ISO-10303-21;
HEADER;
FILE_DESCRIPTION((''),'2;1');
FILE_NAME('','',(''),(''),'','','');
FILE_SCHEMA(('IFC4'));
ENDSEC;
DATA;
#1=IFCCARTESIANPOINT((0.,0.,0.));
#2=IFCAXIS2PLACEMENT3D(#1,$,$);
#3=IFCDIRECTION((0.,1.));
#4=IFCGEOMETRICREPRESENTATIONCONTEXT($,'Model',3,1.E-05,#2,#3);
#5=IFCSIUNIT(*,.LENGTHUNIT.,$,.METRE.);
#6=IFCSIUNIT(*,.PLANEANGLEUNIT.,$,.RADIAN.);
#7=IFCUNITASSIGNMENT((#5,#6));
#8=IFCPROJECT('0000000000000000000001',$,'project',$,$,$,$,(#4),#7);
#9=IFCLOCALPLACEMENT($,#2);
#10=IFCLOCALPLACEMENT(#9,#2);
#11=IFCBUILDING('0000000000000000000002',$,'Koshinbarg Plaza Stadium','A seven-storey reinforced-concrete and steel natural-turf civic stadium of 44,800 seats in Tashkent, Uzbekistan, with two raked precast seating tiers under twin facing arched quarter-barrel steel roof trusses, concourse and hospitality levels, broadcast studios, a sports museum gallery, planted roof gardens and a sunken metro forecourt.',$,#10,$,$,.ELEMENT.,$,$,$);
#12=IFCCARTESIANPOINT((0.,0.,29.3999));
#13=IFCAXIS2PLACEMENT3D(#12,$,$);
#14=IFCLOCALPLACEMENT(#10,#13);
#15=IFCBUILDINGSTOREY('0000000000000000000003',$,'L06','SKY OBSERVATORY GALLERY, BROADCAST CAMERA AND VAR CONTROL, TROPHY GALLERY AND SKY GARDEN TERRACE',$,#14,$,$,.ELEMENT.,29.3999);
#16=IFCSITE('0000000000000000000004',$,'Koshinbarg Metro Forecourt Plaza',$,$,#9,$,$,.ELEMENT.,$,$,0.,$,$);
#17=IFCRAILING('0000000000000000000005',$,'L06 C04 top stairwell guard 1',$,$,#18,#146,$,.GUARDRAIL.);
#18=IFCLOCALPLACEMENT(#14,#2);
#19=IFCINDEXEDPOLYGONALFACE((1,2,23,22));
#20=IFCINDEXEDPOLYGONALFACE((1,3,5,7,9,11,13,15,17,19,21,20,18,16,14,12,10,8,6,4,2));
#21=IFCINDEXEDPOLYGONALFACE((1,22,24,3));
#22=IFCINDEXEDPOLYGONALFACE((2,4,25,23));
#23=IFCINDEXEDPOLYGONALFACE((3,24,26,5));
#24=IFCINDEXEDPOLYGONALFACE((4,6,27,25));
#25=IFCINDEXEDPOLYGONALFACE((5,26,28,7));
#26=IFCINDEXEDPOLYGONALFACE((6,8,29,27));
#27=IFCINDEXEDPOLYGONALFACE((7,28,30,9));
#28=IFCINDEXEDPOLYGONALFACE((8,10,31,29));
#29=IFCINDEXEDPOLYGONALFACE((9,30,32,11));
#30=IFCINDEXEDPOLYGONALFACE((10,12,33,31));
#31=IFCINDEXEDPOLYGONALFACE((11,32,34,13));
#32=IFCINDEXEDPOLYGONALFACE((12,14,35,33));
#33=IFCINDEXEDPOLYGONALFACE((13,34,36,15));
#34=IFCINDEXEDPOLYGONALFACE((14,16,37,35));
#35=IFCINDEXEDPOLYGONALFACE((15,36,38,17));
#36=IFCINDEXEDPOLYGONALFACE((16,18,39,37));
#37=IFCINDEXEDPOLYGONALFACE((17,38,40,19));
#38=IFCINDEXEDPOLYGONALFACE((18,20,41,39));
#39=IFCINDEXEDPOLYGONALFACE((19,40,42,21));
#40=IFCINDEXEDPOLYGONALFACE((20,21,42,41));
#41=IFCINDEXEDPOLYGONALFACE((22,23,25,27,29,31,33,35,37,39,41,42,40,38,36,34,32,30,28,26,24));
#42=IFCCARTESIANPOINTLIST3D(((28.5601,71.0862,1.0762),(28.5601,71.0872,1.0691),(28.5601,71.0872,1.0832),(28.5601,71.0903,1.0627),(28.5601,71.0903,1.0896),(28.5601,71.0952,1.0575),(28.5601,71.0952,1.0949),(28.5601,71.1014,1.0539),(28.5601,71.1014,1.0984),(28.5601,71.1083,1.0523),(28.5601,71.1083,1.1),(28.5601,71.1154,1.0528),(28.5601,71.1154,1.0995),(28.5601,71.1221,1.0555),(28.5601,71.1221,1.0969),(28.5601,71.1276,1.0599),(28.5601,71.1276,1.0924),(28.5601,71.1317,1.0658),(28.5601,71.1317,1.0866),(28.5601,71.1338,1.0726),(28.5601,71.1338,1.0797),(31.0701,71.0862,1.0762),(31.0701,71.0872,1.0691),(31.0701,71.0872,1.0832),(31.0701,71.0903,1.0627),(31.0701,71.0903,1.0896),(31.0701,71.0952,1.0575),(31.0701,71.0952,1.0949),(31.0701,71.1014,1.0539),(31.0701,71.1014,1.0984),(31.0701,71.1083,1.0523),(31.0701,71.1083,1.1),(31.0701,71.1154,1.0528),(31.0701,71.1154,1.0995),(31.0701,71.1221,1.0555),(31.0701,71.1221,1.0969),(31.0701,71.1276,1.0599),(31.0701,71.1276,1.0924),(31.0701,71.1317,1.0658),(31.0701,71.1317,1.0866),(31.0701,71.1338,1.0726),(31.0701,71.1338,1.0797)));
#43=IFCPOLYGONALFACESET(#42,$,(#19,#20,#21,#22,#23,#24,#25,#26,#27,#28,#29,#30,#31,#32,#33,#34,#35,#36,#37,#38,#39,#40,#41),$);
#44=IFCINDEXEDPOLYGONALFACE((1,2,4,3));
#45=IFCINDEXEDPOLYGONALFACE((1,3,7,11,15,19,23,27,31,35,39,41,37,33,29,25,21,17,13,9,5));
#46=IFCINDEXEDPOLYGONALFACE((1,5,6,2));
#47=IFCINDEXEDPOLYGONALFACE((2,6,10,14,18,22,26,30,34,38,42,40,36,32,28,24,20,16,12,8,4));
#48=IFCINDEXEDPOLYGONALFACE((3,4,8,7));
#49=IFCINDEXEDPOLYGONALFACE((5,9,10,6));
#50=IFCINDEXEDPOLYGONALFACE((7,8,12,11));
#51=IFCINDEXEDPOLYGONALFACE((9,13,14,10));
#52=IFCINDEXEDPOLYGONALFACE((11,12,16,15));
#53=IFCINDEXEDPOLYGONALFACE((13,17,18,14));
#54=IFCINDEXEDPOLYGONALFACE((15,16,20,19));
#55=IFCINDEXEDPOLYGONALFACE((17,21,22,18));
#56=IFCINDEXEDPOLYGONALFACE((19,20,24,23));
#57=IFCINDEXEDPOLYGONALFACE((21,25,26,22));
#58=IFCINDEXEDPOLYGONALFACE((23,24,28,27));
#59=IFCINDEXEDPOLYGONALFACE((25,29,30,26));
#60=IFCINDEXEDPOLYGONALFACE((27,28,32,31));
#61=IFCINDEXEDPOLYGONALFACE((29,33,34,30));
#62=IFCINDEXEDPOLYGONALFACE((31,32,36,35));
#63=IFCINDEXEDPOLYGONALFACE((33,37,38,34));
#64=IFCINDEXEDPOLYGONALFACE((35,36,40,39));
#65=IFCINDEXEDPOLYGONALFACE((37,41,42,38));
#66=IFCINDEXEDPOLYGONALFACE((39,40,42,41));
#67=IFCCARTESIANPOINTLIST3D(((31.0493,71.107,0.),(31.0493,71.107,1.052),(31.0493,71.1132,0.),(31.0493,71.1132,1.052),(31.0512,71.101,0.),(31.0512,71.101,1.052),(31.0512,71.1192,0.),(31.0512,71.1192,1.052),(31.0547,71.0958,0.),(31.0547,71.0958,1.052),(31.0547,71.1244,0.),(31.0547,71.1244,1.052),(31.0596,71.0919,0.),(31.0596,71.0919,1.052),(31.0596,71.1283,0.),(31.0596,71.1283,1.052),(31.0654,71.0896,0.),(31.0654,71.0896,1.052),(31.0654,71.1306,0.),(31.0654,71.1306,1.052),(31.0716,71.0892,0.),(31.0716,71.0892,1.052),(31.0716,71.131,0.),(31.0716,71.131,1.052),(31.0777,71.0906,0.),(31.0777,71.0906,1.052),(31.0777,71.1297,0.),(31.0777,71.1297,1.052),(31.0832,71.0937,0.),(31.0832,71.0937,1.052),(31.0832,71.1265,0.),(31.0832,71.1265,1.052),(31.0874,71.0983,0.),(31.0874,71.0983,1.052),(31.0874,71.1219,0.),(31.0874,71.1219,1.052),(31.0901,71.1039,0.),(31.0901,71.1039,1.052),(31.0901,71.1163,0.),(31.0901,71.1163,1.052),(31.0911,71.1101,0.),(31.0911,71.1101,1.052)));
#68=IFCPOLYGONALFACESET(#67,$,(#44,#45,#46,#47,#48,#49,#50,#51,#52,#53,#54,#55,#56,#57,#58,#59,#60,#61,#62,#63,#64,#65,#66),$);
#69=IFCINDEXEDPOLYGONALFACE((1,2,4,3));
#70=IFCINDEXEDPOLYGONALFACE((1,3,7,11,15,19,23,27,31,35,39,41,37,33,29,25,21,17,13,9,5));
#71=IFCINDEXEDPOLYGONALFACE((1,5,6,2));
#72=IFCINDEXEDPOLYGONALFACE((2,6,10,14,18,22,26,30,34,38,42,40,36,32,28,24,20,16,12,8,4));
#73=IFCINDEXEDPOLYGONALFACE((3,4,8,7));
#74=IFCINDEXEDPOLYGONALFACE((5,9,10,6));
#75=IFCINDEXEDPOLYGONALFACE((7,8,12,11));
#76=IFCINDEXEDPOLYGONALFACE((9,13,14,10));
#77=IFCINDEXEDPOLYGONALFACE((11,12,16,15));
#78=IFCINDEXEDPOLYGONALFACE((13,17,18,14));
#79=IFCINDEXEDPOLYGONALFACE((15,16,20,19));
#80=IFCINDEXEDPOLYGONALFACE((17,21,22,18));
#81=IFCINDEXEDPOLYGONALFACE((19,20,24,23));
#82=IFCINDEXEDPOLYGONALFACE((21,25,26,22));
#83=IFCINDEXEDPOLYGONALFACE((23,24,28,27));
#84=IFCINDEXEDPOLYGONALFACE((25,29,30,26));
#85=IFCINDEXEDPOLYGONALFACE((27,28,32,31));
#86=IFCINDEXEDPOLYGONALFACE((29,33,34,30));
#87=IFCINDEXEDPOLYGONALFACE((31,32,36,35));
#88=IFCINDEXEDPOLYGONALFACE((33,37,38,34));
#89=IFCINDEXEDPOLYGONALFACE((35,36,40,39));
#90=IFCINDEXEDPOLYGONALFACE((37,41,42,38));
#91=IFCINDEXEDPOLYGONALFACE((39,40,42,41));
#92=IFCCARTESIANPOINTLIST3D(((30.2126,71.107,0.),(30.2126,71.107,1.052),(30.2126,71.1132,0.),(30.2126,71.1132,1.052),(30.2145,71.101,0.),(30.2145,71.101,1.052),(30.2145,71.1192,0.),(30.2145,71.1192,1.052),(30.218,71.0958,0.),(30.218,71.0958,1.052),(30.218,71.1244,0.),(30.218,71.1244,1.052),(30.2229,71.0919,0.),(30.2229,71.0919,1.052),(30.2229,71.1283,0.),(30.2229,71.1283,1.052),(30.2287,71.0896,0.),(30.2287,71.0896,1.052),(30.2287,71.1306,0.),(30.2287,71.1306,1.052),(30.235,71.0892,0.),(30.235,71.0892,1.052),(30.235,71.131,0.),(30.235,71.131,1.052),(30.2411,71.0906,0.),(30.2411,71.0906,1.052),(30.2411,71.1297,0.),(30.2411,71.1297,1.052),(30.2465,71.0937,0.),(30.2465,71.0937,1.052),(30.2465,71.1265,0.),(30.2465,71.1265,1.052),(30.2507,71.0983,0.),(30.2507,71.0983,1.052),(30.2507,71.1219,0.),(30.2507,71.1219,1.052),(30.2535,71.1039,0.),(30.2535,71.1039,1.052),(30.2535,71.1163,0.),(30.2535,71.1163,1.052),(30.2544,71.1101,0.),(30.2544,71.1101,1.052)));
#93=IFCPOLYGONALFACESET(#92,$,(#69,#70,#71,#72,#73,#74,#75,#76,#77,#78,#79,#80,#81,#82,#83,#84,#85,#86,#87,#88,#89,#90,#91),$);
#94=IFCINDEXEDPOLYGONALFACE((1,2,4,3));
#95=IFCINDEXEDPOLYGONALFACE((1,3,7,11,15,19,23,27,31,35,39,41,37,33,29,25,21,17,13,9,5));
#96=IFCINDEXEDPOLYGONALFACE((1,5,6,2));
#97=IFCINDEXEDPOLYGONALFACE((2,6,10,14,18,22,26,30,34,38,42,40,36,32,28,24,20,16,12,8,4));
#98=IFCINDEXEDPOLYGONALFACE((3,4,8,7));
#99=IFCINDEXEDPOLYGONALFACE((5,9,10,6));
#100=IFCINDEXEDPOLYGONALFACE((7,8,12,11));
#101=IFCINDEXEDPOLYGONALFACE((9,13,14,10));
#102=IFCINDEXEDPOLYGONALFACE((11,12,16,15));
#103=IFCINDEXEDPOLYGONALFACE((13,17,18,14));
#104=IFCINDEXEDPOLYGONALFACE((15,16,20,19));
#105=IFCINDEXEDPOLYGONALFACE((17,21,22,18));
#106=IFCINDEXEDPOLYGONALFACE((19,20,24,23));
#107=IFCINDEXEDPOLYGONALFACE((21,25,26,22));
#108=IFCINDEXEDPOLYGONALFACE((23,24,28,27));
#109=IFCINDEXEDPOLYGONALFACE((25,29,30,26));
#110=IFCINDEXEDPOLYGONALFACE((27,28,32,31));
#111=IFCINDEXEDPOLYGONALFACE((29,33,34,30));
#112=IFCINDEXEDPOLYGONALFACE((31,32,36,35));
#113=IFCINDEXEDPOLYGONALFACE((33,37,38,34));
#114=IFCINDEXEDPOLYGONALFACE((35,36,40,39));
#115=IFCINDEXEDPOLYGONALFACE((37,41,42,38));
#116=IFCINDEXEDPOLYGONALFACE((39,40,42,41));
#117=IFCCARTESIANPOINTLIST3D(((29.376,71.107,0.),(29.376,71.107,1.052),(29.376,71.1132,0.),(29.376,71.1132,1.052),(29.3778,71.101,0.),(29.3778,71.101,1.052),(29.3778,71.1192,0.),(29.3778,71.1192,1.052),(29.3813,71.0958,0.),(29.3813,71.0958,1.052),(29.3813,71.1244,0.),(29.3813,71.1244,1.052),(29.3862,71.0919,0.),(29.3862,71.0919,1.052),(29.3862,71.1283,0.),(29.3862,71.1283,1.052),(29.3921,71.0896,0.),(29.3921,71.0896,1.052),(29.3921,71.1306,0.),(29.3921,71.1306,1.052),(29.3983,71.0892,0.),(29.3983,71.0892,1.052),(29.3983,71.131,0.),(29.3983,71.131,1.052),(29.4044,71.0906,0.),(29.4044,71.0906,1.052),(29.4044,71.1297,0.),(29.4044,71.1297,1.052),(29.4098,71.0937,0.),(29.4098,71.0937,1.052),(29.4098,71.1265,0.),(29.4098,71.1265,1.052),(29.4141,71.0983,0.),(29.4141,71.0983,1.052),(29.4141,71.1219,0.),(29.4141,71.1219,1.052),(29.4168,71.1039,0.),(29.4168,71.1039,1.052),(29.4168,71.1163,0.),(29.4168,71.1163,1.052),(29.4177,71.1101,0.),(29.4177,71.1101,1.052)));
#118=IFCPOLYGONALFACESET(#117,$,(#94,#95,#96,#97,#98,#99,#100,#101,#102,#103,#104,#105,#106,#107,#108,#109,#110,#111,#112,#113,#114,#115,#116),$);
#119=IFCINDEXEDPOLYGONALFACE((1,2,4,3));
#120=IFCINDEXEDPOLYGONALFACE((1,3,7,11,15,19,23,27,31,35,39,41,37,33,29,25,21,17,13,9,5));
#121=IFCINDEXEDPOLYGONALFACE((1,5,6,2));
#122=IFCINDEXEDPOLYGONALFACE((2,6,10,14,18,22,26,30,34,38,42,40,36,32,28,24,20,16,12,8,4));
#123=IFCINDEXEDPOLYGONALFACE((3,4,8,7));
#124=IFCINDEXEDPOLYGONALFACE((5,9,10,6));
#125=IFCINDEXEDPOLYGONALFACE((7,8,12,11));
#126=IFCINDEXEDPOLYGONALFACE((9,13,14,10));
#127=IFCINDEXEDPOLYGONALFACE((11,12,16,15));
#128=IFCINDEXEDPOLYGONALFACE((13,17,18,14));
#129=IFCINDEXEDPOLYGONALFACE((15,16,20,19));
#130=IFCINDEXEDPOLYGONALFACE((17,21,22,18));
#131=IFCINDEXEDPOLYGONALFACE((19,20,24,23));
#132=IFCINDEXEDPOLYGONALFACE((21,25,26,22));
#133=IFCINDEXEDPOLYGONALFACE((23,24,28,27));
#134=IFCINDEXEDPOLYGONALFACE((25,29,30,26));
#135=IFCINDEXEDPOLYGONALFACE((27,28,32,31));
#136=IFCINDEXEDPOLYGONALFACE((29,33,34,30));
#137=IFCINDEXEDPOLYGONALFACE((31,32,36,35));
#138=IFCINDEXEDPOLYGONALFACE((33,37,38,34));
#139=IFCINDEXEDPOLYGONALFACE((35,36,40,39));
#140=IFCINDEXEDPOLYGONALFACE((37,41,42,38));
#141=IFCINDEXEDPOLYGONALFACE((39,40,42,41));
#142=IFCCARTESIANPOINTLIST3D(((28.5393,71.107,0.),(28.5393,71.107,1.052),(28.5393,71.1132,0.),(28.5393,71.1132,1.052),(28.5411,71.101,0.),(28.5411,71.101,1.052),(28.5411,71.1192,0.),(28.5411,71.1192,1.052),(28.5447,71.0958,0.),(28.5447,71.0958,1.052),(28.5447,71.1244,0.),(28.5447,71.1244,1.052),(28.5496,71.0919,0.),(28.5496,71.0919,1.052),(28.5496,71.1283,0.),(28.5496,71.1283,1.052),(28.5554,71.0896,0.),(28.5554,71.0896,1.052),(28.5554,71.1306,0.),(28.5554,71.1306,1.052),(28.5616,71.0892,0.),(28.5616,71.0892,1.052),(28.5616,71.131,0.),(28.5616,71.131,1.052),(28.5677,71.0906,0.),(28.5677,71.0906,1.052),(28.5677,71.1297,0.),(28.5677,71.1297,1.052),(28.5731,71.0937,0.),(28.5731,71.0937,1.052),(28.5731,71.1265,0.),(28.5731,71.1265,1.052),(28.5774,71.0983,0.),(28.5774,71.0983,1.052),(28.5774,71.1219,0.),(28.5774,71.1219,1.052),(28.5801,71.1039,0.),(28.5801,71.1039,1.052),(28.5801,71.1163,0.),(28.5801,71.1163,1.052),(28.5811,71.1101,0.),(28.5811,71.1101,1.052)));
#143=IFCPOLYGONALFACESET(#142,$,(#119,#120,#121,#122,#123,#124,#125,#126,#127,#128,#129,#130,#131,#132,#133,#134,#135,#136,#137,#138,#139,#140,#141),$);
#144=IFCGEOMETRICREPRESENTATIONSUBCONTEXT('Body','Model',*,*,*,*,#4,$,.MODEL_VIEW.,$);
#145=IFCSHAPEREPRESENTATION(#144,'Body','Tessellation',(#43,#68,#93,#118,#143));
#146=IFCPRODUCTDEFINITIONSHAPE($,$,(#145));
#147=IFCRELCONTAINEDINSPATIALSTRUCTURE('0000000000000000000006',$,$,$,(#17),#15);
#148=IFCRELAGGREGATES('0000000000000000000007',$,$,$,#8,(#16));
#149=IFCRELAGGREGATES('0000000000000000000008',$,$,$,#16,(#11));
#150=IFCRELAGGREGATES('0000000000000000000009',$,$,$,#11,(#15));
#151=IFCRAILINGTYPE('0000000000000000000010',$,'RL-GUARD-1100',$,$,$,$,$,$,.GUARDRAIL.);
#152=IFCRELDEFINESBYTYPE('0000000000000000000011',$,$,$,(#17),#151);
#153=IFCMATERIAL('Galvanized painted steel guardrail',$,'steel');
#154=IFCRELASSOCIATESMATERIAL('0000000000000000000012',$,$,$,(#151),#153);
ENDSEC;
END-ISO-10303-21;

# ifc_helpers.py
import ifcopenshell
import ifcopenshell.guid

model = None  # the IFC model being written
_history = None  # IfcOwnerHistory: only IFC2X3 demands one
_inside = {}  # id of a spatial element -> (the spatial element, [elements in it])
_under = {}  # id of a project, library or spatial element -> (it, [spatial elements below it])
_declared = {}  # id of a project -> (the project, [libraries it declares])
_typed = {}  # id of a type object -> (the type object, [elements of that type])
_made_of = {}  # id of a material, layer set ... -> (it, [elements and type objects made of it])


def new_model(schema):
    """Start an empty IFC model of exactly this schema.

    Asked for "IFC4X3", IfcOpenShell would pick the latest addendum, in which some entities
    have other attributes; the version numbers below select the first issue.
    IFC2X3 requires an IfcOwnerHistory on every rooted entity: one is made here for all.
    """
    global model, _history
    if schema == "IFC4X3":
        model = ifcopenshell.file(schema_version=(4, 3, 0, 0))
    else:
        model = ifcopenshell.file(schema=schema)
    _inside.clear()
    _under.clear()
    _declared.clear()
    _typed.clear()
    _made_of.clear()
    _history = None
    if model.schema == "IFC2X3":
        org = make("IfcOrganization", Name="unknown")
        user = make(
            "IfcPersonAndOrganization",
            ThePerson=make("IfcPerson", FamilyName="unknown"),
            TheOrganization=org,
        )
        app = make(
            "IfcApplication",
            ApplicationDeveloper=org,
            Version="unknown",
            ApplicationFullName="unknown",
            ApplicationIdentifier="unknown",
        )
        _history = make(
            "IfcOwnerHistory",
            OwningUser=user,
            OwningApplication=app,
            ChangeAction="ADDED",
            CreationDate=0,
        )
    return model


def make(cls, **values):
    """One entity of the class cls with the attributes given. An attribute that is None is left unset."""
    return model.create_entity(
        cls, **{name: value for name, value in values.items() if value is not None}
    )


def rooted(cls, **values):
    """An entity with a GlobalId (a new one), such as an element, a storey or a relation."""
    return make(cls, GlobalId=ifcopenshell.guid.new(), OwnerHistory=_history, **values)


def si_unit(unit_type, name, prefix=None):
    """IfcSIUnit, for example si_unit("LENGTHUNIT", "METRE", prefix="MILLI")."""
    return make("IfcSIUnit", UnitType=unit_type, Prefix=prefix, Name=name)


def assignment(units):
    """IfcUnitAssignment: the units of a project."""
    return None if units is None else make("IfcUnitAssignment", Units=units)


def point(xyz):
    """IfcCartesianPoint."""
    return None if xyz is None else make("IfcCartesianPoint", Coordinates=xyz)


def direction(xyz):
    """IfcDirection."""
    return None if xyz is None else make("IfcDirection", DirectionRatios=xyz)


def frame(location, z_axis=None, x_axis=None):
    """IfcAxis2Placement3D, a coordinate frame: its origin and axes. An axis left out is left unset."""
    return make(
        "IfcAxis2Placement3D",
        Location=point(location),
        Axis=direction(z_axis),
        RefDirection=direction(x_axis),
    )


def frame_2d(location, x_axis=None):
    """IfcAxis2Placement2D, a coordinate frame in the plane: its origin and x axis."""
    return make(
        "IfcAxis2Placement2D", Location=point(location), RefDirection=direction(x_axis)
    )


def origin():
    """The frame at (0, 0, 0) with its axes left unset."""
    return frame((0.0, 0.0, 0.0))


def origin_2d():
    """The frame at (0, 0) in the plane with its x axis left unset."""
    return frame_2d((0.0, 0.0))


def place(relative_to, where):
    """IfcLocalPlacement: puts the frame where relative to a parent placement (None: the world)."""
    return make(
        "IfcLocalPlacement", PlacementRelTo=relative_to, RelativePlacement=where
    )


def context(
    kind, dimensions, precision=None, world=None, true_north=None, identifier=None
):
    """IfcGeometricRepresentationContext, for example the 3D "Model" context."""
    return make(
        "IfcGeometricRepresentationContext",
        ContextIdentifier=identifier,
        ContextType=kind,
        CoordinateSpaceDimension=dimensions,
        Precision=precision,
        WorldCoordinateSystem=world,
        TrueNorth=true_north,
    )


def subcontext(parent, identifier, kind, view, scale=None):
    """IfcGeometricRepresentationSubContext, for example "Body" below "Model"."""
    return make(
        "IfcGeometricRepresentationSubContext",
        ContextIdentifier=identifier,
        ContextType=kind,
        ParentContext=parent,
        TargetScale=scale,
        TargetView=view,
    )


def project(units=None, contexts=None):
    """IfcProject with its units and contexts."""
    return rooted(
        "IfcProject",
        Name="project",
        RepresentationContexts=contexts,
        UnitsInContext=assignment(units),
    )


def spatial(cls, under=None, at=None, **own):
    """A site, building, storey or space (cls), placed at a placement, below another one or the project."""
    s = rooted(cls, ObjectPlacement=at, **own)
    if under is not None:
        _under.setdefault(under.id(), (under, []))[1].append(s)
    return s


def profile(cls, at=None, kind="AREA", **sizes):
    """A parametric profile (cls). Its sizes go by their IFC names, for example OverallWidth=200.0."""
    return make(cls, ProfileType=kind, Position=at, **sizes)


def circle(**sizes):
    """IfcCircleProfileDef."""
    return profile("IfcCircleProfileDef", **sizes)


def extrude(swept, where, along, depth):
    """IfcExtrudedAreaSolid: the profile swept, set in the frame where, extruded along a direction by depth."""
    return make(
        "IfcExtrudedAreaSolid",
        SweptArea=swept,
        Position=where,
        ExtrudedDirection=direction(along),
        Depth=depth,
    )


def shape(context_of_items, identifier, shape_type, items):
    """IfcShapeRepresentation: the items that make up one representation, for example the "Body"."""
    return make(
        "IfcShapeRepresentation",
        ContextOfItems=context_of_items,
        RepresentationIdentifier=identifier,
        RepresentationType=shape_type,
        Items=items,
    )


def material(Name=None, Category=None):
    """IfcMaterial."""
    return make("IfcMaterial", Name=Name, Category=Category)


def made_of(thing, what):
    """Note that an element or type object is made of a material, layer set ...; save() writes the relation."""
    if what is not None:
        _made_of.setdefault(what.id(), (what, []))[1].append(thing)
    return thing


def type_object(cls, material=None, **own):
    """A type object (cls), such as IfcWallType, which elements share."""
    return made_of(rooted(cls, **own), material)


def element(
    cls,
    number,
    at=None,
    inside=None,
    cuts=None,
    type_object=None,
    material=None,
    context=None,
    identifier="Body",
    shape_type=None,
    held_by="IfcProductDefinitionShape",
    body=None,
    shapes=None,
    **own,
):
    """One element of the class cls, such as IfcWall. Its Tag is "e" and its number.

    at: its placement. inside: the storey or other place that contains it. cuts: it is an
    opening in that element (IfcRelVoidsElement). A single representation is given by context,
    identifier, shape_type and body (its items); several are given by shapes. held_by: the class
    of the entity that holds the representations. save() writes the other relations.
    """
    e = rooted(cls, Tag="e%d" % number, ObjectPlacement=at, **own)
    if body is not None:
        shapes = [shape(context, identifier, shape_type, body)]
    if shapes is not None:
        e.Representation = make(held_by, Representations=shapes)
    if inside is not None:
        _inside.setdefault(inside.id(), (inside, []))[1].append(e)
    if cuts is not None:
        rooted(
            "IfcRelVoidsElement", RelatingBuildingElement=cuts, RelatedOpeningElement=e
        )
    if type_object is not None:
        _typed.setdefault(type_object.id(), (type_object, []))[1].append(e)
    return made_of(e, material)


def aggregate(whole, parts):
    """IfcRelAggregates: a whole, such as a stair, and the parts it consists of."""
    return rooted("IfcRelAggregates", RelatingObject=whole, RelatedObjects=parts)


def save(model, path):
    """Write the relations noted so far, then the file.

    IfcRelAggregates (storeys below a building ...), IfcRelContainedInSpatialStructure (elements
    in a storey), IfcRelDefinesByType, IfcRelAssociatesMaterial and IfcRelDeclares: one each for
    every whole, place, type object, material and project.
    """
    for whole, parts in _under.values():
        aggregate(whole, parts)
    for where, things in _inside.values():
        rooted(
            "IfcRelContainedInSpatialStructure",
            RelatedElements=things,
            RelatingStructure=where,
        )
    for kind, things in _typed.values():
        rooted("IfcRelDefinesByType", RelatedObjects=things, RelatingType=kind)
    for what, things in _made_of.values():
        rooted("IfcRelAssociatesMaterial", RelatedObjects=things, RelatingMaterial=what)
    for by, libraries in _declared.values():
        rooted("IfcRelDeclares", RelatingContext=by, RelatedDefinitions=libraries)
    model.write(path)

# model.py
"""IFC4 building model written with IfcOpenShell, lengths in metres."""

from ifc_helpers import new_model, si_unit, direction, frame, origin, origin_2d, place, context, subcontext, project, spatial, circle, extrude, material, type_object, element, save


model = new_model("IFC4")

# Units and contexts
model_context = context("Model", 3, precision=1e-05, world=origin(), true_north=direction((0.0, 1.0)))
body_context = subcontext(model_context, "Body", "Model", "MODEL_VIEW")
ifc_project = project(units=[si_unit("LENGTHUNIT", "METRE"), si_unit("PLANEANGLEUNIT", "RADIAN")], contexts=[model_context])

# Site, building, storey
site_placement = place(None, origin())
site = spatial("IfcSite", under=ifc_project, at=site_placement, Name="Koshinbarg Metro Forecourt Plaza", CompositionType="ELEMENT", RefElevation=0.0)
building_placement = place(site_placement, origin())
building = spatial("IfcBuilding", under=site, at=building_placement, Name="Koshinbarg Plaza Stadium", Description="A seven-storey reinforced-concrete and steel natural-turf civic stadium of 44,800 seats in Tashkent, Uzbekistan, with two raked precast seating tiers under twin facing arched quarter-barrel steel roof trusses, concourse and hospitality levels, broadcast studios, a sports museum gallery, planted roof gardens and a sunken metro forecourt.", CompositionType="ELEMENT")
storey_placement = place(building_placement, frame((0.0, 0.0, 29.3999)))
storey = spatial("IfcBuildingStorey", under=building, at=storey_placement, Name="L06", Description="SKY OBSERVATORY GALLERY, BROADCAST CAMERA AND VAR CONTROL, TROPHY GALLERY AND SKY GARDEN TERRACE", CompositionType="ELEMENT", Elevation=29.3999)

# Railing
ifc_material_1 = material(Name="Galvanized painted steel guardrail", Category="steel")
railing_type = type_object("IfcRailingType", Name="RL-GUARD-1100", PredefinedType="GUARDRAIL", material=ifc_material_1)
railing_placement = place(storey_placement, frame((31.0701, 71.1101, 0.0)))
element("IfcRailing", 1, at=railing_placement, inside=storey, type_object=railing_type, Name="L06 C04 top stairwell guard 1", PredefinedType="GUARDRAIL", context=body_context, shape_type="SweptSolid", body=[
    extrude(circle(Radius=0.0239, at=origin_2d()), frame((0.0, 0.0, 1.0762), z_axis=(-1.0, 0.0, 0.0), x_axis=(0.0, -1.0, 0.0)), (0.0, 0.0, 1.0), 2.51),
    extrude(circle(Radius=0.021, at=origin_2d()), origin(), (0.0, 0.0, 1.0), 1.052),
    extrude(circle(Radius=0.021, at=origin_2d()), frame((-0.8367, 0.0, 0.0)), (0.0, 0.0, 1.0), 1.052),
    extrude(circle(Radius=0.021, at=origin_2d()), frame((-1.6733, 0.0, 0.0)), (0.0, 0.0, 1.0), 1.052),
    extrude(circle(Radius=0.021, at=origin_2d()), frame((-2.51, 0.0, 0.0)), (0.0, 0.0, 1.0), 1.052),
])

save(model, "model.ifc")
